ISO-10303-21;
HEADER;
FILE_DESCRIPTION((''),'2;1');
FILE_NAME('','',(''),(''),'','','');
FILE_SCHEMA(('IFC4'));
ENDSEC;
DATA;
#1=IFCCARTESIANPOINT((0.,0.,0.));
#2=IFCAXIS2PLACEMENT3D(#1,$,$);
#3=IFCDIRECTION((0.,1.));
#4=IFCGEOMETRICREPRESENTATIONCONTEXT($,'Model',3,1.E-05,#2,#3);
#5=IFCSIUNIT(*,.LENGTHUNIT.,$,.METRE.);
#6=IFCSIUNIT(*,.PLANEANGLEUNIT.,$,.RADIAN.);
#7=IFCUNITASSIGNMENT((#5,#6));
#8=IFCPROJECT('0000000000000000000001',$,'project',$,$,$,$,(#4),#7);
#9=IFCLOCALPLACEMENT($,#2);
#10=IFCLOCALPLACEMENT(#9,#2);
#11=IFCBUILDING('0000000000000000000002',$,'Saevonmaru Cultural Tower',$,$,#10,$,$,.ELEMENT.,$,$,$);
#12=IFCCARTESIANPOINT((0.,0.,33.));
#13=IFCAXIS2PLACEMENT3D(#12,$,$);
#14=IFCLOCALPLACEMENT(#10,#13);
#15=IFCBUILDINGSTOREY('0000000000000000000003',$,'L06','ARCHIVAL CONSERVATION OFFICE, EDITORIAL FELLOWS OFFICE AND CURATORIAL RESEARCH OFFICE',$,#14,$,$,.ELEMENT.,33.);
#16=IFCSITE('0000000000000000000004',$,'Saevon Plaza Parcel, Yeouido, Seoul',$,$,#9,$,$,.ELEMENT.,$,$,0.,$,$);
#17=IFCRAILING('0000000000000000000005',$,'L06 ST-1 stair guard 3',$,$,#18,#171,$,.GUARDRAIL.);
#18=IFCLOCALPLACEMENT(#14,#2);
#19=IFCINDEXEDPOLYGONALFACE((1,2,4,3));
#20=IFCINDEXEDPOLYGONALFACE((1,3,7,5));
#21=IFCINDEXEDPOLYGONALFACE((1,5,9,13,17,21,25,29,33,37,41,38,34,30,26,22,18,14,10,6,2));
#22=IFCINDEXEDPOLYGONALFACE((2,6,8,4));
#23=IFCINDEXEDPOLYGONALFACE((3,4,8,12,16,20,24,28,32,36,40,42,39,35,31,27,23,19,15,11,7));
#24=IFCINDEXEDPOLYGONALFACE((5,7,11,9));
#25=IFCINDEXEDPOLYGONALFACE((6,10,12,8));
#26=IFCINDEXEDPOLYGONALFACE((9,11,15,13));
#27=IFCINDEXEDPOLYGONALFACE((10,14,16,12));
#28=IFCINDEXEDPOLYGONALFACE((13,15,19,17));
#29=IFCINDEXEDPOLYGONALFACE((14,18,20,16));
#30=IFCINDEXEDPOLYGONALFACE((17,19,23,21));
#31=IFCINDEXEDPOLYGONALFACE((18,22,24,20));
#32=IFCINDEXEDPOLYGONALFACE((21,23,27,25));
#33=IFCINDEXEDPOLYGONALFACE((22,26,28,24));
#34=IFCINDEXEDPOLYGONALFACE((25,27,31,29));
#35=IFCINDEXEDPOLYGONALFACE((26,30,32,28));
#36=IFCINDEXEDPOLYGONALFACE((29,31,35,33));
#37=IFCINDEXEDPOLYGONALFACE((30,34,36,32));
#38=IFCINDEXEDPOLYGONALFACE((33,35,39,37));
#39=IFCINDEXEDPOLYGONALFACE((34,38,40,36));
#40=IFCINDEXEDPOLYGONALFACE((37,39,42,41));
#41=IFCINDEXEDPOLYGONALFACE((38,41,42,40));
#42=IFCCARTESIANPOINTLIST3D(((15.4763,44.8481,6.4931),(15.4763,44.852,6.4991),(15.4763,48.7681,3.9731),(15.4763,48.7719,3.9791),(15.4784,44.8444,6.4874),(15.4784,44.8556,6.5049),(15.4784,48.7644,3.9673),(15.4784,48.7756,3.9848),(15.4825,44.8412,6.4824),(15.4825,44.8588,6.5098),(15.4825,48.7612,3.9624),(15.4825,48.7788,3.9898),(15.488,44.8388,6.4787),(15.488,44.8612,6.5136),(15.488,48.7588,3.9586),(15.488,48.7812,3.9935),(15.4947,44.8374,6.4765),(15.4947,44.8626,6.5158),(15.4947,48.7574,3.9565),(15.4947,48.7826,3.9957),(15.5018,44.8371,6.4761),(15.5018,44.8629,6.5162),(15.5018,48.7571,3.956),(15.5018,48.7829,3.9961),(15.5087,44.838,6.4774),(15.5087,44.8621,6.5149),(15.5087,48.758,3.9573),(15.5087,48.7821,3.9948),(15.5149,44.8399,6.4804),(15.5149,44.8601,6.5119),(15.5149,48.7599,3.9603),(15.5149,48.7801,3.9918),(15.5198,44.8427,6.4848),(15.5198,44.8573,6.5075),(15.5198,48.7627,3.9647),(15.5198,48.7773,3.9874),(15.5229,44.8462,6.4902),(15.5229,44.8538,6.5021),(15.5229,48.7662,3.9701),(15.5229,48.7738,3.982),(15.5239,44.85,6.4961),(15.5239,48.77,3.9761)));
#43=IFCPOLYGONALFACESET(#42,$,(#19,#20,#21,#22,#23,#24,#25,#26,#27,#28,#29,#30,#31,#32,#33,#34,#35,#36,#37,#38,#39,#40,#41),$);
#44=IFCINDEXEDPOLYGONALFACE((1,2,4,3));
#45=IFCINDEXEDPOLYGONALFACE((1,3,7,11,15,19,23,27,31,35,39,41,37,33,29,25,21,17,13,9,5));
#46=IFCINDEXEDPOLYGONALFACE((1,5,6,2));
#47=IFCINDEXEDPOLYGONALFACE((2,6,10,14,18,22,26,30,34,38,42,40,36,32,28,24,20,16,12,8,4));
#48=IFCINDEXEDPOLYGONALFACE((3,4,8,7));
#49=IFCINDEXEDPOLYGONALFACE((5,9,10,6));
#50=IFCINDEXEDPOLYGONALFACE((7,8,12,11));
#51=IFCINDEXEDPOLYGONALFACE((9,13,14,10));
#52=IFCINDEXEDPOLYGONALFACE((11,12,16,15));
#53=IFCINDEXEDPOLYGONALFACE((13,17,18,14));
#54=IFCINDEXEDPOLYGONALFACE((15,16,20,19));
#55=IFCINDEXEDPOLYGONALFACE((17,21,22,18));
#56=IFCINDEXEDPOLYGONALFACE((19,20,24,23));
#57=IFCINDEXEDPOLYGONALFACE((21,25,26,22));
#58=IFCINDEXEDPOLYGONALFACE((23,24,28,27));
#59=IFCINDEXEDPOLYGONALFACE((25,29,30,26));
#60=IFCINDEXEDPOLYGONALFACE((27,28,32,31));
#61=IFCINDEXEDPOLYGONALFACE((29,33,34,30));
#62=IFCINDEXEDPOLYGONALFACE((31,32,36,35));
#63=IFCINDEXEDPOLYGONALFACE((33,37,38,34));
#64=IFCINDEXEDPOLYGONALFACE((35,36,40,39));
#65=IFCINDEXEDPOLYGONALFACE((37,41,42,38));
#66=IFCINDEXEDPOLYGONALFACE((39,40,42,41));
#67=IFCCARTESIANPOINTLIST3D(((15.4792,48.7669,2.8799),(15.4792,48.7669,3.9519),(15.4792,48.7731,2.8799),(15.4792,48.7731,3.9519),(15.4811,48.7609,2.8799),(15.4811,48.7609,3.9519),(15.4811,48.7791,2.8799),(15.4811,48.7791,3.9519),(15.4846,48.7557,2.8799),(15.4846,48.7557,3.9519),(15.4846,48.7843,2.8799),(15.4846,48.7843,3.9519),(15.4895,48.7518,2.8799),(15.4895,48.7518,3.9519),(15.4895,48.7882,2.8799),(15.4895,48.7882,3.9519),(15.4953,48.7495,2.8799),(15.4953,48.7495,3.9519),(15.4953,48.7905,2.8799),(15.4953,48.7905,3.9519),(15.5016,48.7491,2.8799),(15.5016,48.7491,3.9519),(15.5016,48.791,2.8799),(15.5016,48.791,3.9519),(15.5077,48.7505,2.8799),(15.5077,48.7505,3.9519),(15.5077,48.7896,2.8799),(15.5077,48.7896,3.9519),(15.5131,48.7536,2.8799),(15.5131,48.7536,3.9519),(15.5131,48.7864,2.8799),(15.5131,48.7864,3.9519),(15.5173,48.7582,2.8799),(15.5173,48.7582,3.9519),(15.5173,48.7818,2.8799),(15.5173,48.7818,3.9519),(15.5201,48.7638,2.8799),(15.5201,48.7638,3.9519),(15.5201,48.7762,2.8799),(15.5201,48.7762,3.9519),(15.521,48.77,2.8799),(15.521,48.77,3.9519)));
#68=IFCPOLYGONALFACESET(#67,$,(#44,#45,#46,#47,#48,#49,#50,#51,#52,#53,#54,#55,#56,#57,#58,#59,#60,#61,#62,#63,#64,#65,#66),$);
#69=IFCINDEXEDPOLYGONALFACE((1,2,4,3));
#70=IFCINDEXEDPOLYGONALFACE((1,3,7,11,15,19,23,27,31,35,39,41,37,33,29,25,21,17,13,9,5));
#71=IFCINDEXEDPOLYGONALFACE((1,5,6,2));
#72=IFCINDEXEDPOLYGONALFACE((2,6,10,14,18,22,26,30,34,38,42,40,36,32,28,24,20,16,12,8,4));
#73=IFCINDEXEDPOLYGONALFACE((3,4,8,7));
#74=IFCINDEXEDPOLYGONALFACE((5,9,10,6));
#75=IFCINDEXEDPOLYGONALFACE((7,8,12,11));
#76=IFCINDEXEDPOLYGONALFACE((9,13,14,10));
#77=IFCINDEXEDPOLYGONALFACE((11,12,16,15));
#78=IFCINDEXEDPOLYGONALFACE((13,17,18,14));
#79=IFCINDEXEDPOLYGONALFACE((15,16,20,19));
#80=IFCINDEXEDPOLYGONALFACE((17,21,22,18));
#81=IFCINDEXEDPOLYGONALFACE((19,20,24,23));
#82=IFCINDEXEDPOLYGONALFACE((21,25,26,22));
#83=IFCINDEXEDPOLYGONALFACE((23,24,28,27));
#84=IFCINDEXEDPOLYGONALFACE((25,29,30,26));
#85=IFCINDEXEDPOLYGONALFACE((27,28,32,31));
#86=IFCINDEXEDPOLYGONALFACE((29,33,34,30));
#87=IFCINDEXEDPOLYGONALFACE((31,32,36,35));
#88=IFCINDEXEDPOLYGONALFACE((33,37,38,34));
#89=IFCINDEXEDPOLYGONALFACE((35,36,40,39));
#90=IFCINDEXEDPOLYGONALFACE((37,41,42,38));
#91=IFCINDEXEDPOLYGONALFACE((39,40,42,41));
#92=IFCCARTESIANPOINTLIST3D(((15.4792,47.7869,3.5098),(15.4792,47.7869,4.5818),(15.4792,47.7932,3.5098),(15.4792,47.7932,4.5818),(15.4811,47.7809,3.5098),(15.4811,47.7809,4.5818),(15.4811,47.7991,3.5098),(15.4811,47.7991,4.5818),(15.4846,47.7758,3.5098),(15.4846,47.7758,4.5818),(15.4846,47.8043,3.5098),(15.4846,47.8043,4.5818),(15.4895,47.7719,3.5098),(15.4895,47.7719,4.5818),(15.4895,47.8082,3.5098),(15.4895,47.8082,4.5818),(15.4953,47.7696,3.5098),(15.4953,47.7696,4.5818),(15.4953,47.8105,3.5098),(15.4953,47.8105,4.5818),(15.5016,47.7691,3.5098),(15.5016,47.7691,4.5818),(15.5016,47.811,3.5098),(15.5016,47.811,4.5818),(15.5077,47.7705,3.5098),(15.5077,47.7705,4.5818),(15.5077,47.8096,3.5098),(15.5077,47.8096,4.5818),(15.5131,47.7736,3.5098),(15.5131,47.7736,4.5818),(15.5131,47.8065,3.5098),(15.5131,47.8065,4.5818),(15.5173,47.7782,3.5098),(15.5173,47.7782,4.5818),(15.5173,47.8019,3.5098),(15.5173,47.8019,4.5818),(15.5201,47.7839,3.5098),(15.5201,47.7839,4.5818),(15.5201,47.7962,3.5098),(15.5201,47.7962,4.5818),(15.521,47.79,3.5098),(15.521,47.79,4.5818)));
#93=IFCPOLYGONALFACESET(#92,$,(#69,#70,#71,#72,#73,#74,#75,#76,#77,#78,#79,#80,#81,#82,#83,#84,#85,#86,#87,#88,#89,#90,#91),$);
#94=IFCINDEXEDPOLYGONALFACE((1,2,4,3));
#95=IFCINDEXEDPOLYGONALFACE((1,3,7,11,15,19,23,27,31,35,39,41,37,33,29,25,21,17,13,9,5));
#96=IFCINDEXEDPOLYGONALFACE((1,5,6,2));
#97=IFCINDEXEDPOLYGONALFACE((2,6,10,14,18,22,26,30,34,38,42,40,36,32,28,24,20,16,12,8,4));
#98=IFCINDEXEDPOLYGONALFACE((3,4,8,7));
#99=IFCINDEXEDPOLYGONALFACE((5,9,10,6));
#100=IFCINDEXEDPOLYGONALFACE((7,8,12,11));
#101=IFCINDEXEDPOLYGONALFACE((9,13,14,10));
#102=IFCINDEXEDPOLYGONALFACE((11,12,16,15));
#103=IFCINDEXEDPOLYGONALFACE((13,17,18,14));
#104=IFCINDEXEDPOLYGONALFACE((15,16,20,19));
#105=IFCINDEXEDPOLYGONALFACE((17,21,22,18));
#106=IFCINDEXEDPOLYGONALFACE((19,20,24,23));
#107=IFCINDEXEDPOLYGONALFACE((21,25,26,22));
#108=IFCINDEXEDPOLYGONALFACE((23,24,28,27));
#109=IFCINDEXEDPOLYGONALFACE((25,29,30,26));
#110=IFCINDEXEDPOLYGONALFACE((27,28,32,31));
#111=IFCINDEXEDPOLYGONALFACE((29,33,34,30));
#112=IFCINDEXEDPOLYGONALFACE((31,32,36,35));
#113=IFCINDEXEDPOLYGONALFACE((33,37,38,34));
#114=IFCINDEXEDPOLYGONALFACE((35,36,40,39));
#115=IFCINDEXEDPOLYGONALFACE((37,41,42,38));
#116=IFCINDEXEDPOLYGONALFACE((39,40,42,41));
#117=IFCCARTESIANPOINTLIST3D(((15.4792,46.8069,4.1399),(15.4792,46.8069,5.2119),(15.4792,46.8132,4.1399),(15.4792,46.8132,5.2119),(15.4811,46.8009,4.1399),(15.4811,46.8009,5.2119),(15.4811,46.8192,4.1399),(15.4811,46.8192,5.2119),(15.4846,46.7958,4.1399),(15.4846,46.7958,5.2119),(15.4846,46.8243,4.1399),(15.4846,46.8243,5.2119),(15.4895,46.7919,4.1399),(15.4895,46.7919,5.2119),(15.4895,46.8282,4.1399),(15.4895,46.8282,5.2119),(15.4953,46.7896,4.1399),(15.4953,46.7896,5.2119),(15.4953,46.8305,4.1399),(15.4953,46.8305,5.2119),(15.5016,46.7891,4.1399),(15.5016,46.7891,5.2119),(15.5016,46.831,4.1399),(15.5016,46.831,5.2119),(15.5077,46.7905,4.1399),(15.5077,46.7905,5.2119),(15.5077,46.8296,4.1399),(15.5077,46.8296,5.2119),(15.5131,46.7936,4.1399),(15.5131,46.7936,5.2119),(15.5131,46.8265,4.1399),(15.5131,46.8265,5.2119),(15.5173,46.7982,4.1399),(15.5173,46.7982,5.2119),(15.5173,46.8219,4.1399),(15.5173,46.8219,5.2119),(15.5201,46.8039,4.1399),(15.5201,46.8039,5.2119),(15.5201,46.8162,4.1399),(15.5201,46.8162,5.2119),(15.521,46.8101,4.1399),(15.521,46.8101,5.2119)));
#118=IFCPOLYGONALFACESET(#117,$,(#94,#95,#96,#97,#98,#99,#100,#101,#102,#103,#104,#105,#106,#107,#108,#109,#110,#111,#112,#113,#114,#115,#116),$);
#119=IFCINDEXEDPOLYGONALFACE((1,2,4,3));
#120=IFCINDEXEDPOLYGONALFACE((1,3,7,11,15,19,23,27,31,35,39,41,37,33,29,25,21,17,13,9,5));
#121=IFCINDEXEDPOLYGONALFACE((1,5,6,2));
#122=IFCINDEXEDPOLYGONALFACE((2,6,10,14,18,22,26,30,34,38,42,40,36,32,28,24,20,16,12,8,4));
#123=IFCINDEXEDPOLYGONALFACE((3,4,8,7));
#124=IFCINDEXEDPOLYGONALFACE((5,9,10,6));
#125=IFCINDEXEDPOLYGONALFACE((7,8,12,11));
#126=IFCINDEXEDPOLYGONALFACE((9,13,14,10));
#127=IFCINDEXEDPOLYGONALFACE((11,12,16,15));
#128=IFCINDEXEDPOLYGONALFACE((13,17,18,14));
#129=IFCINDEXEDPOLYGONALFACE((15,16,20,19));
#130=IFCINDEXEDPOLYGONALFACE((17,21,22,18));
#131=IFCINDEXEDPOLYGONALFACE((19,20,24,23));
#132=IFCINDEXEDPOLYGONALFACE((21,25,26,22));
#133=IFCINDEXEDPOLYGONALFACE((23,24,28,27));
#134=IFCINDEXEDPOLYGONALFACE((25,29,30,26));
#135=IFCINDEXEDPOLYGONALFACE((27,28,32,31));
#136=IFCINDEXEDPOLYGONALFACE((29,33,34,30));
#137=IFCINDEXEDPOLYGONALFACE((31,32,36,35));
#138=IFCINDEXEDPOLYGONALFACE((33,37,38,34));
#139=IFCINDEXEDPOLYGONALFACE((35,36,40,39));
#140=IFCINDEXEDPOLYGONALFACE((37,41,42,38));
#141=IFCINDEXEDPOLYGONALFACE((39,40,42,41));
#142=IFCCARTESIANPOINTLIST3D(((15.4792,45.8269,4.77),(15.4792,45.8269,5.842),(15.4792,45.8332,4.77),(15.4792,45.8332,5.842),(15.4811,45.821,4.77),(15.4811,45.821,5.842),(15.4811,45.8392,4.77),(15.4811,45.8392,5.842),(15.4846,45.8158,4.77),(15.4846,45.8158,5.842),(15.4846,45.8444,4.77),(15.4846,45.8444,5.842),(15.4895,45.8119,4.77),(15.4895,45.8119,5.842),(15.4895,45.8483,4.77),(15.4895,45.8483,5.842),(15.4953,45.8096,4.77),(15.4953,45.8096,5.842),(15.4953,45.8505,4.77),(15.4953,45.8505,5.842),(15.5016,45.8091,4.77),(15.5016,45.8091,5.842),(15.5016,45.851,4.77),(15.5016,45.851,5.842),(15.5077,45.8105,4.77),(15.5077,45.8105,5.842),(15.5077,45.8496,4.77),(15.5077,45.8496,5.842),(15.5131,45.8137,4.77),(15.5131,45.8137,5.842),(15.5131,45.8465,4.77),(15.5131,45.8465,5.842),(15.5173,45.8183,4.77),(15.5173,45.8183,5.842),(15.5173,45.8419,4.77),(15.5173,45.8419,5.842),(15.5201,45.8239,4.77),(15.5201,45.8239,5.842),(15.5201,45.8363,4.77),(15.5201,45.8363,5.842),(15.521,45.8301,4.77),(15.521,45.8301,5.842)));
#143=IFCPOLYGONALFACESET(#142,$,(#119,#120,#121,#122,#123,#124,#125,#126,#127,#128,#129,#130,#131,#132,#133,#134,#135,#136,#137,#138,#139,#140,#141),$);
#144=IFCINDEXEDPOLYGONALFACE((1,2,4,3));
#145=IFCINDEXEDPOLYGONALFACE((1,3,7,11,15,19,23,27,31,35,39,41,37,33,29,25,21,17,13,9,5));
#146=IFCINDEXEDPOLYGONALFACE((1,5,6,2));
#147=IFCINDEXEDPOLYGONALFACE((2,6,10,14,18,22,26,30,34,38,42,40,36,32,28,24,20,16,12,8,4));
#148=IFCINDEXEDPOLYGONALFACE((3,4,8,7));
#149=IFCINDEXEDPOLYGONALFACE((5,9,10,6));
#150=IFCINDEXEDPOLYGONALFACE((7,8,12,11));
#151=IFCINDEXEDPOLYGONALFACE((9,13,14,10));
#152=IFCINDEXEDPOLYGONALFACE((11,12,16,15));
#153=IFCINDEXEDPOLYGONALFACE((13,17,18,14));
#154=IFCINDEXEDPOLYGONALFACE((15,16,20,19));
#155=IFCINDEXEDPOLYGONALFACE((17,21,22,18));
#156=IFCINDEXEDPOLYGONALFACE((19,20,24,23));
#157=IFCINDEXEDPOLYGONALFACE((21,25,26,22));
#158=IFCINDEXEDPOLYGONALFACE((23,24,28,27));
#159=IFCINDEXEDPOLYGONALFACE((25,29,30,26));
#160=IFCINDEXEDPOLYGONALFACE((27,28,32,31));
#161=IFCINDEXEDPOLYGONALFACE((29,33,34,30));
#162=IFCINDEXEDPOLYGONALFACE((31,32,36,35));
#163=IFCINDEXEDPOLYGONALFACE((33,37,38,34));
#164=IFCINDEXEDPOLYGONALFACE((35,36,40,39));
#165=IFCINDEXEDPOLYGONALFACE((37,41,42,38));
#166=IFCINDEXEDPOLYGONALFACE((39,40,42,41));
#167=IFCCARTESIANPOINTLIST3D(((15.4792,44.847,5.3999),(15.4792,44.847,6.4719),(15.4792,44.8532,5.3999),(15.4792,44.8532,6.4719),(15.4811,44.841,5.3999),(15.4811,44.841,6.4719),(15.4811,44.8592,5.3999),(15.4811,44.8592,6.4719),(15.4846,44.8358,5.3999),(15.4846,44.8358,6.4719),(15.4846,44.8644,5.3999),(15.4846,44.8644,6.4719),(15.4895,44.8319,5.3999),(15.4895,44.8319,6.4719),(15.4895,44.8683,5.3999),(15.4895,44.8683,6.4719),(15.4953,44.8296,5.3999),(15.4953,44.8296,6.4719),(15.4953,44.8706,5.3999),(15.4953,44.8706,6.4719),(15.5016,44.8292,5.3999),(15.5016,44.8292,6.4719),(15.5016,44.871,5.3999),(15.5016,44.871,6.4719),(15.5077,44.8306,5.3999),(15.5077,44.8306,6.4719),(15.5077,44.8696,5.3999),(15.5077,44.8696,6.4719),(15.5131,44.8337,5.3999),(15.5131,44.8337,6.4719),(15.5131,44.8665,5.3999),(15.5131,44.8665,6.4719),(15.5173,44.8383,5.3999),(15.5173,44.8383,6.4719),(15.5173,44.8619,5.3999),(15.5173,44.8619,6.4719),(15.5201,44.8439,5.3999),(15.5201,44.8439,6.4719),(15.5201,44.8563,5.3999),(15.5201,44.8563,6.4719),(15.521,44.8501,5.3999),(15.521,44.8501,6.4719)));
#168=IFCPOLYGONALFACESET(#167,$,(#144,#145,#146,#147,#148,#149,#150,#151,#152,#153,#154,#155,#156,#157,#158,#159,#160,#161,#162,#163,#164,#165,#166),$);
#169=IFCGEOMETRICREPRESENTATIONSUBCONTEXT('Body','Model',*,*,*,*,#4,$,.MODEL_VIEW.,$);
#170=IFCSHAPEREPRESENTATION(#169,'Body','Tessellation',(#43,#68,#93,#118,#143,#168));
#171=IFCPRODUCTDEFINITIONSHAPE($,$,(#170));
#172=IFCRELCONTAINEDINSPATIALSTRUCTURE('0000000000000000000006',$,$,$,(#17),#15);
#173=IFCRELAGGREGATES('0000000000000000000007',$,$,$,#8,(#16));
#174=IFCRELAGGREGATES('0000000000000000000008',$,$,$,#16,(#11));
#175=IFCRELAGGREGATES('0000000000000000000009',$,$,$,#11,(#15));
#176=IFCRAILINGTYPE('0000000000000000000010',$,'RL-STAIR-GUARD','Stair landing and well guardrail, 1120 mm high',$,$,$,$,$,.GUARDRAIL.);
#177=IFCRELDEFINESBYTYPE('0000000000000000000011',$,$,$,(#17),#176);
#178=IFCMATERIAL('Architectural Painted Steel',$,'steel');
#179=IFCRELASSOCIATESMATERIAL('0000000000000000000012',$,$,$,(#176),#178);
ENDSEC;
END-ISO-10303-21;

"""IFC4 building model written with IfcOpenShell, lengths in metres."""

from ifc_helpers import new_model, si_unit, direction, frame, origin, origin_2d, place, context, subcontext, project, spatial, circle, extrude, material, type_object, element, save


model = new_model("IFC4")

# Units and contexts
model_context = context("Model", 3, precision=1e-05, world=origin(), true_north=direction((0.0, 1.0)))
body_context = subcontext(model_context, "Body", "Model", "MODEL_VIEW")
ifc_project = project(units=[si_unit("LENGTHUNIT", "METRE"), si_unit("PLANEANGLEUNIT", "RADIAN")], contexts=[model_context])

# Site, building, storey
site_placement = place(None, origin())
site = spatial("IfcSite", under=ifc_project, at=site_placement, Name="Saevon Plaza Parcel, Yeouido, Seoul", CompositionType="ELEMENT", RefElevation=0.0)
building_placement = place(site_placement, origin())
building = spatial("IfcBuilding", under=site, at=building_placement, Name="Saevonmaru Cultural Tower", CompositionType="ELEMENT")
storey_placement = place(building_placement, frame((0.0, 0.0, 33.0)))
storey = spatial("IfcBuildingStorey", under=building, at=storey_placement, Name="L06", Description="ARCHIVAL CONSERVATION OFFICE, EDITORIAL FELLOWS OFFICE AND CURATORIAL RESEARCH OFFICE", CompositionType="ELEMENT", Elevation=33.0)

# Railing
ifc_material_1 = material(Name="Architectural Painted Steel", Category="steel")
railing_type_1 = type_object("IfcRailingType", Name="RL-STAIR-GUARD", Description="Stair landing and well guardrail, 1120 mm high", PredefinedType="GUARDRAIL", material=ifc_material_1)
railing_1_placement = place(storey_placement, frame((15.5, 48.77, 2.8799)))
element("IfcRailing", 1, at=railing_1_placement, inside=storey, type_object=railing_type_1, Name="L06 ST-1 stair guard 3", PredefinedType="GUARDRAIL", context=body_context, shape_type="SweptSolid", body=[
    extrude(circle(Radius=0.0239, at=origin_2d()), frame((0.0, 0.0, 1.0962), z_axis=(0.0, -0.841172, 0.540768), x_axis=(1.0, 0.0, 0.0)), (0.0, 0.0, 1.0), 4.6602),
    extrude(circle(Radius=0.021, at=origin_2d()), origin(), (0.0, 0.0, 1.0), 1.072),
    extrude(circle(Radius=0.021, at=origin_2d()), frame((0.0, -0.98, 0.6299)), (0.0, 0.0, 1.0), 1.072),
    extrude(circle(Radius=0.021, at=origin_2d()), frame((0.0, -1.96, 1.26)), (0.0, 0.0, 1.0), 1.072),
    extrude(circle(Radius=0.021, at=origin_2d()), frame((0.0, -2.9399, 1.8901)), (0.0, 0.0, 1.0), 1.072),
    extrude(circle(Radius=0.021, at=origin_2d()), frame((0.0, -3.9199, 2.52)), (0.0, 0.0, 1.0), 1.072),
])

save(model, "model.ifc")
